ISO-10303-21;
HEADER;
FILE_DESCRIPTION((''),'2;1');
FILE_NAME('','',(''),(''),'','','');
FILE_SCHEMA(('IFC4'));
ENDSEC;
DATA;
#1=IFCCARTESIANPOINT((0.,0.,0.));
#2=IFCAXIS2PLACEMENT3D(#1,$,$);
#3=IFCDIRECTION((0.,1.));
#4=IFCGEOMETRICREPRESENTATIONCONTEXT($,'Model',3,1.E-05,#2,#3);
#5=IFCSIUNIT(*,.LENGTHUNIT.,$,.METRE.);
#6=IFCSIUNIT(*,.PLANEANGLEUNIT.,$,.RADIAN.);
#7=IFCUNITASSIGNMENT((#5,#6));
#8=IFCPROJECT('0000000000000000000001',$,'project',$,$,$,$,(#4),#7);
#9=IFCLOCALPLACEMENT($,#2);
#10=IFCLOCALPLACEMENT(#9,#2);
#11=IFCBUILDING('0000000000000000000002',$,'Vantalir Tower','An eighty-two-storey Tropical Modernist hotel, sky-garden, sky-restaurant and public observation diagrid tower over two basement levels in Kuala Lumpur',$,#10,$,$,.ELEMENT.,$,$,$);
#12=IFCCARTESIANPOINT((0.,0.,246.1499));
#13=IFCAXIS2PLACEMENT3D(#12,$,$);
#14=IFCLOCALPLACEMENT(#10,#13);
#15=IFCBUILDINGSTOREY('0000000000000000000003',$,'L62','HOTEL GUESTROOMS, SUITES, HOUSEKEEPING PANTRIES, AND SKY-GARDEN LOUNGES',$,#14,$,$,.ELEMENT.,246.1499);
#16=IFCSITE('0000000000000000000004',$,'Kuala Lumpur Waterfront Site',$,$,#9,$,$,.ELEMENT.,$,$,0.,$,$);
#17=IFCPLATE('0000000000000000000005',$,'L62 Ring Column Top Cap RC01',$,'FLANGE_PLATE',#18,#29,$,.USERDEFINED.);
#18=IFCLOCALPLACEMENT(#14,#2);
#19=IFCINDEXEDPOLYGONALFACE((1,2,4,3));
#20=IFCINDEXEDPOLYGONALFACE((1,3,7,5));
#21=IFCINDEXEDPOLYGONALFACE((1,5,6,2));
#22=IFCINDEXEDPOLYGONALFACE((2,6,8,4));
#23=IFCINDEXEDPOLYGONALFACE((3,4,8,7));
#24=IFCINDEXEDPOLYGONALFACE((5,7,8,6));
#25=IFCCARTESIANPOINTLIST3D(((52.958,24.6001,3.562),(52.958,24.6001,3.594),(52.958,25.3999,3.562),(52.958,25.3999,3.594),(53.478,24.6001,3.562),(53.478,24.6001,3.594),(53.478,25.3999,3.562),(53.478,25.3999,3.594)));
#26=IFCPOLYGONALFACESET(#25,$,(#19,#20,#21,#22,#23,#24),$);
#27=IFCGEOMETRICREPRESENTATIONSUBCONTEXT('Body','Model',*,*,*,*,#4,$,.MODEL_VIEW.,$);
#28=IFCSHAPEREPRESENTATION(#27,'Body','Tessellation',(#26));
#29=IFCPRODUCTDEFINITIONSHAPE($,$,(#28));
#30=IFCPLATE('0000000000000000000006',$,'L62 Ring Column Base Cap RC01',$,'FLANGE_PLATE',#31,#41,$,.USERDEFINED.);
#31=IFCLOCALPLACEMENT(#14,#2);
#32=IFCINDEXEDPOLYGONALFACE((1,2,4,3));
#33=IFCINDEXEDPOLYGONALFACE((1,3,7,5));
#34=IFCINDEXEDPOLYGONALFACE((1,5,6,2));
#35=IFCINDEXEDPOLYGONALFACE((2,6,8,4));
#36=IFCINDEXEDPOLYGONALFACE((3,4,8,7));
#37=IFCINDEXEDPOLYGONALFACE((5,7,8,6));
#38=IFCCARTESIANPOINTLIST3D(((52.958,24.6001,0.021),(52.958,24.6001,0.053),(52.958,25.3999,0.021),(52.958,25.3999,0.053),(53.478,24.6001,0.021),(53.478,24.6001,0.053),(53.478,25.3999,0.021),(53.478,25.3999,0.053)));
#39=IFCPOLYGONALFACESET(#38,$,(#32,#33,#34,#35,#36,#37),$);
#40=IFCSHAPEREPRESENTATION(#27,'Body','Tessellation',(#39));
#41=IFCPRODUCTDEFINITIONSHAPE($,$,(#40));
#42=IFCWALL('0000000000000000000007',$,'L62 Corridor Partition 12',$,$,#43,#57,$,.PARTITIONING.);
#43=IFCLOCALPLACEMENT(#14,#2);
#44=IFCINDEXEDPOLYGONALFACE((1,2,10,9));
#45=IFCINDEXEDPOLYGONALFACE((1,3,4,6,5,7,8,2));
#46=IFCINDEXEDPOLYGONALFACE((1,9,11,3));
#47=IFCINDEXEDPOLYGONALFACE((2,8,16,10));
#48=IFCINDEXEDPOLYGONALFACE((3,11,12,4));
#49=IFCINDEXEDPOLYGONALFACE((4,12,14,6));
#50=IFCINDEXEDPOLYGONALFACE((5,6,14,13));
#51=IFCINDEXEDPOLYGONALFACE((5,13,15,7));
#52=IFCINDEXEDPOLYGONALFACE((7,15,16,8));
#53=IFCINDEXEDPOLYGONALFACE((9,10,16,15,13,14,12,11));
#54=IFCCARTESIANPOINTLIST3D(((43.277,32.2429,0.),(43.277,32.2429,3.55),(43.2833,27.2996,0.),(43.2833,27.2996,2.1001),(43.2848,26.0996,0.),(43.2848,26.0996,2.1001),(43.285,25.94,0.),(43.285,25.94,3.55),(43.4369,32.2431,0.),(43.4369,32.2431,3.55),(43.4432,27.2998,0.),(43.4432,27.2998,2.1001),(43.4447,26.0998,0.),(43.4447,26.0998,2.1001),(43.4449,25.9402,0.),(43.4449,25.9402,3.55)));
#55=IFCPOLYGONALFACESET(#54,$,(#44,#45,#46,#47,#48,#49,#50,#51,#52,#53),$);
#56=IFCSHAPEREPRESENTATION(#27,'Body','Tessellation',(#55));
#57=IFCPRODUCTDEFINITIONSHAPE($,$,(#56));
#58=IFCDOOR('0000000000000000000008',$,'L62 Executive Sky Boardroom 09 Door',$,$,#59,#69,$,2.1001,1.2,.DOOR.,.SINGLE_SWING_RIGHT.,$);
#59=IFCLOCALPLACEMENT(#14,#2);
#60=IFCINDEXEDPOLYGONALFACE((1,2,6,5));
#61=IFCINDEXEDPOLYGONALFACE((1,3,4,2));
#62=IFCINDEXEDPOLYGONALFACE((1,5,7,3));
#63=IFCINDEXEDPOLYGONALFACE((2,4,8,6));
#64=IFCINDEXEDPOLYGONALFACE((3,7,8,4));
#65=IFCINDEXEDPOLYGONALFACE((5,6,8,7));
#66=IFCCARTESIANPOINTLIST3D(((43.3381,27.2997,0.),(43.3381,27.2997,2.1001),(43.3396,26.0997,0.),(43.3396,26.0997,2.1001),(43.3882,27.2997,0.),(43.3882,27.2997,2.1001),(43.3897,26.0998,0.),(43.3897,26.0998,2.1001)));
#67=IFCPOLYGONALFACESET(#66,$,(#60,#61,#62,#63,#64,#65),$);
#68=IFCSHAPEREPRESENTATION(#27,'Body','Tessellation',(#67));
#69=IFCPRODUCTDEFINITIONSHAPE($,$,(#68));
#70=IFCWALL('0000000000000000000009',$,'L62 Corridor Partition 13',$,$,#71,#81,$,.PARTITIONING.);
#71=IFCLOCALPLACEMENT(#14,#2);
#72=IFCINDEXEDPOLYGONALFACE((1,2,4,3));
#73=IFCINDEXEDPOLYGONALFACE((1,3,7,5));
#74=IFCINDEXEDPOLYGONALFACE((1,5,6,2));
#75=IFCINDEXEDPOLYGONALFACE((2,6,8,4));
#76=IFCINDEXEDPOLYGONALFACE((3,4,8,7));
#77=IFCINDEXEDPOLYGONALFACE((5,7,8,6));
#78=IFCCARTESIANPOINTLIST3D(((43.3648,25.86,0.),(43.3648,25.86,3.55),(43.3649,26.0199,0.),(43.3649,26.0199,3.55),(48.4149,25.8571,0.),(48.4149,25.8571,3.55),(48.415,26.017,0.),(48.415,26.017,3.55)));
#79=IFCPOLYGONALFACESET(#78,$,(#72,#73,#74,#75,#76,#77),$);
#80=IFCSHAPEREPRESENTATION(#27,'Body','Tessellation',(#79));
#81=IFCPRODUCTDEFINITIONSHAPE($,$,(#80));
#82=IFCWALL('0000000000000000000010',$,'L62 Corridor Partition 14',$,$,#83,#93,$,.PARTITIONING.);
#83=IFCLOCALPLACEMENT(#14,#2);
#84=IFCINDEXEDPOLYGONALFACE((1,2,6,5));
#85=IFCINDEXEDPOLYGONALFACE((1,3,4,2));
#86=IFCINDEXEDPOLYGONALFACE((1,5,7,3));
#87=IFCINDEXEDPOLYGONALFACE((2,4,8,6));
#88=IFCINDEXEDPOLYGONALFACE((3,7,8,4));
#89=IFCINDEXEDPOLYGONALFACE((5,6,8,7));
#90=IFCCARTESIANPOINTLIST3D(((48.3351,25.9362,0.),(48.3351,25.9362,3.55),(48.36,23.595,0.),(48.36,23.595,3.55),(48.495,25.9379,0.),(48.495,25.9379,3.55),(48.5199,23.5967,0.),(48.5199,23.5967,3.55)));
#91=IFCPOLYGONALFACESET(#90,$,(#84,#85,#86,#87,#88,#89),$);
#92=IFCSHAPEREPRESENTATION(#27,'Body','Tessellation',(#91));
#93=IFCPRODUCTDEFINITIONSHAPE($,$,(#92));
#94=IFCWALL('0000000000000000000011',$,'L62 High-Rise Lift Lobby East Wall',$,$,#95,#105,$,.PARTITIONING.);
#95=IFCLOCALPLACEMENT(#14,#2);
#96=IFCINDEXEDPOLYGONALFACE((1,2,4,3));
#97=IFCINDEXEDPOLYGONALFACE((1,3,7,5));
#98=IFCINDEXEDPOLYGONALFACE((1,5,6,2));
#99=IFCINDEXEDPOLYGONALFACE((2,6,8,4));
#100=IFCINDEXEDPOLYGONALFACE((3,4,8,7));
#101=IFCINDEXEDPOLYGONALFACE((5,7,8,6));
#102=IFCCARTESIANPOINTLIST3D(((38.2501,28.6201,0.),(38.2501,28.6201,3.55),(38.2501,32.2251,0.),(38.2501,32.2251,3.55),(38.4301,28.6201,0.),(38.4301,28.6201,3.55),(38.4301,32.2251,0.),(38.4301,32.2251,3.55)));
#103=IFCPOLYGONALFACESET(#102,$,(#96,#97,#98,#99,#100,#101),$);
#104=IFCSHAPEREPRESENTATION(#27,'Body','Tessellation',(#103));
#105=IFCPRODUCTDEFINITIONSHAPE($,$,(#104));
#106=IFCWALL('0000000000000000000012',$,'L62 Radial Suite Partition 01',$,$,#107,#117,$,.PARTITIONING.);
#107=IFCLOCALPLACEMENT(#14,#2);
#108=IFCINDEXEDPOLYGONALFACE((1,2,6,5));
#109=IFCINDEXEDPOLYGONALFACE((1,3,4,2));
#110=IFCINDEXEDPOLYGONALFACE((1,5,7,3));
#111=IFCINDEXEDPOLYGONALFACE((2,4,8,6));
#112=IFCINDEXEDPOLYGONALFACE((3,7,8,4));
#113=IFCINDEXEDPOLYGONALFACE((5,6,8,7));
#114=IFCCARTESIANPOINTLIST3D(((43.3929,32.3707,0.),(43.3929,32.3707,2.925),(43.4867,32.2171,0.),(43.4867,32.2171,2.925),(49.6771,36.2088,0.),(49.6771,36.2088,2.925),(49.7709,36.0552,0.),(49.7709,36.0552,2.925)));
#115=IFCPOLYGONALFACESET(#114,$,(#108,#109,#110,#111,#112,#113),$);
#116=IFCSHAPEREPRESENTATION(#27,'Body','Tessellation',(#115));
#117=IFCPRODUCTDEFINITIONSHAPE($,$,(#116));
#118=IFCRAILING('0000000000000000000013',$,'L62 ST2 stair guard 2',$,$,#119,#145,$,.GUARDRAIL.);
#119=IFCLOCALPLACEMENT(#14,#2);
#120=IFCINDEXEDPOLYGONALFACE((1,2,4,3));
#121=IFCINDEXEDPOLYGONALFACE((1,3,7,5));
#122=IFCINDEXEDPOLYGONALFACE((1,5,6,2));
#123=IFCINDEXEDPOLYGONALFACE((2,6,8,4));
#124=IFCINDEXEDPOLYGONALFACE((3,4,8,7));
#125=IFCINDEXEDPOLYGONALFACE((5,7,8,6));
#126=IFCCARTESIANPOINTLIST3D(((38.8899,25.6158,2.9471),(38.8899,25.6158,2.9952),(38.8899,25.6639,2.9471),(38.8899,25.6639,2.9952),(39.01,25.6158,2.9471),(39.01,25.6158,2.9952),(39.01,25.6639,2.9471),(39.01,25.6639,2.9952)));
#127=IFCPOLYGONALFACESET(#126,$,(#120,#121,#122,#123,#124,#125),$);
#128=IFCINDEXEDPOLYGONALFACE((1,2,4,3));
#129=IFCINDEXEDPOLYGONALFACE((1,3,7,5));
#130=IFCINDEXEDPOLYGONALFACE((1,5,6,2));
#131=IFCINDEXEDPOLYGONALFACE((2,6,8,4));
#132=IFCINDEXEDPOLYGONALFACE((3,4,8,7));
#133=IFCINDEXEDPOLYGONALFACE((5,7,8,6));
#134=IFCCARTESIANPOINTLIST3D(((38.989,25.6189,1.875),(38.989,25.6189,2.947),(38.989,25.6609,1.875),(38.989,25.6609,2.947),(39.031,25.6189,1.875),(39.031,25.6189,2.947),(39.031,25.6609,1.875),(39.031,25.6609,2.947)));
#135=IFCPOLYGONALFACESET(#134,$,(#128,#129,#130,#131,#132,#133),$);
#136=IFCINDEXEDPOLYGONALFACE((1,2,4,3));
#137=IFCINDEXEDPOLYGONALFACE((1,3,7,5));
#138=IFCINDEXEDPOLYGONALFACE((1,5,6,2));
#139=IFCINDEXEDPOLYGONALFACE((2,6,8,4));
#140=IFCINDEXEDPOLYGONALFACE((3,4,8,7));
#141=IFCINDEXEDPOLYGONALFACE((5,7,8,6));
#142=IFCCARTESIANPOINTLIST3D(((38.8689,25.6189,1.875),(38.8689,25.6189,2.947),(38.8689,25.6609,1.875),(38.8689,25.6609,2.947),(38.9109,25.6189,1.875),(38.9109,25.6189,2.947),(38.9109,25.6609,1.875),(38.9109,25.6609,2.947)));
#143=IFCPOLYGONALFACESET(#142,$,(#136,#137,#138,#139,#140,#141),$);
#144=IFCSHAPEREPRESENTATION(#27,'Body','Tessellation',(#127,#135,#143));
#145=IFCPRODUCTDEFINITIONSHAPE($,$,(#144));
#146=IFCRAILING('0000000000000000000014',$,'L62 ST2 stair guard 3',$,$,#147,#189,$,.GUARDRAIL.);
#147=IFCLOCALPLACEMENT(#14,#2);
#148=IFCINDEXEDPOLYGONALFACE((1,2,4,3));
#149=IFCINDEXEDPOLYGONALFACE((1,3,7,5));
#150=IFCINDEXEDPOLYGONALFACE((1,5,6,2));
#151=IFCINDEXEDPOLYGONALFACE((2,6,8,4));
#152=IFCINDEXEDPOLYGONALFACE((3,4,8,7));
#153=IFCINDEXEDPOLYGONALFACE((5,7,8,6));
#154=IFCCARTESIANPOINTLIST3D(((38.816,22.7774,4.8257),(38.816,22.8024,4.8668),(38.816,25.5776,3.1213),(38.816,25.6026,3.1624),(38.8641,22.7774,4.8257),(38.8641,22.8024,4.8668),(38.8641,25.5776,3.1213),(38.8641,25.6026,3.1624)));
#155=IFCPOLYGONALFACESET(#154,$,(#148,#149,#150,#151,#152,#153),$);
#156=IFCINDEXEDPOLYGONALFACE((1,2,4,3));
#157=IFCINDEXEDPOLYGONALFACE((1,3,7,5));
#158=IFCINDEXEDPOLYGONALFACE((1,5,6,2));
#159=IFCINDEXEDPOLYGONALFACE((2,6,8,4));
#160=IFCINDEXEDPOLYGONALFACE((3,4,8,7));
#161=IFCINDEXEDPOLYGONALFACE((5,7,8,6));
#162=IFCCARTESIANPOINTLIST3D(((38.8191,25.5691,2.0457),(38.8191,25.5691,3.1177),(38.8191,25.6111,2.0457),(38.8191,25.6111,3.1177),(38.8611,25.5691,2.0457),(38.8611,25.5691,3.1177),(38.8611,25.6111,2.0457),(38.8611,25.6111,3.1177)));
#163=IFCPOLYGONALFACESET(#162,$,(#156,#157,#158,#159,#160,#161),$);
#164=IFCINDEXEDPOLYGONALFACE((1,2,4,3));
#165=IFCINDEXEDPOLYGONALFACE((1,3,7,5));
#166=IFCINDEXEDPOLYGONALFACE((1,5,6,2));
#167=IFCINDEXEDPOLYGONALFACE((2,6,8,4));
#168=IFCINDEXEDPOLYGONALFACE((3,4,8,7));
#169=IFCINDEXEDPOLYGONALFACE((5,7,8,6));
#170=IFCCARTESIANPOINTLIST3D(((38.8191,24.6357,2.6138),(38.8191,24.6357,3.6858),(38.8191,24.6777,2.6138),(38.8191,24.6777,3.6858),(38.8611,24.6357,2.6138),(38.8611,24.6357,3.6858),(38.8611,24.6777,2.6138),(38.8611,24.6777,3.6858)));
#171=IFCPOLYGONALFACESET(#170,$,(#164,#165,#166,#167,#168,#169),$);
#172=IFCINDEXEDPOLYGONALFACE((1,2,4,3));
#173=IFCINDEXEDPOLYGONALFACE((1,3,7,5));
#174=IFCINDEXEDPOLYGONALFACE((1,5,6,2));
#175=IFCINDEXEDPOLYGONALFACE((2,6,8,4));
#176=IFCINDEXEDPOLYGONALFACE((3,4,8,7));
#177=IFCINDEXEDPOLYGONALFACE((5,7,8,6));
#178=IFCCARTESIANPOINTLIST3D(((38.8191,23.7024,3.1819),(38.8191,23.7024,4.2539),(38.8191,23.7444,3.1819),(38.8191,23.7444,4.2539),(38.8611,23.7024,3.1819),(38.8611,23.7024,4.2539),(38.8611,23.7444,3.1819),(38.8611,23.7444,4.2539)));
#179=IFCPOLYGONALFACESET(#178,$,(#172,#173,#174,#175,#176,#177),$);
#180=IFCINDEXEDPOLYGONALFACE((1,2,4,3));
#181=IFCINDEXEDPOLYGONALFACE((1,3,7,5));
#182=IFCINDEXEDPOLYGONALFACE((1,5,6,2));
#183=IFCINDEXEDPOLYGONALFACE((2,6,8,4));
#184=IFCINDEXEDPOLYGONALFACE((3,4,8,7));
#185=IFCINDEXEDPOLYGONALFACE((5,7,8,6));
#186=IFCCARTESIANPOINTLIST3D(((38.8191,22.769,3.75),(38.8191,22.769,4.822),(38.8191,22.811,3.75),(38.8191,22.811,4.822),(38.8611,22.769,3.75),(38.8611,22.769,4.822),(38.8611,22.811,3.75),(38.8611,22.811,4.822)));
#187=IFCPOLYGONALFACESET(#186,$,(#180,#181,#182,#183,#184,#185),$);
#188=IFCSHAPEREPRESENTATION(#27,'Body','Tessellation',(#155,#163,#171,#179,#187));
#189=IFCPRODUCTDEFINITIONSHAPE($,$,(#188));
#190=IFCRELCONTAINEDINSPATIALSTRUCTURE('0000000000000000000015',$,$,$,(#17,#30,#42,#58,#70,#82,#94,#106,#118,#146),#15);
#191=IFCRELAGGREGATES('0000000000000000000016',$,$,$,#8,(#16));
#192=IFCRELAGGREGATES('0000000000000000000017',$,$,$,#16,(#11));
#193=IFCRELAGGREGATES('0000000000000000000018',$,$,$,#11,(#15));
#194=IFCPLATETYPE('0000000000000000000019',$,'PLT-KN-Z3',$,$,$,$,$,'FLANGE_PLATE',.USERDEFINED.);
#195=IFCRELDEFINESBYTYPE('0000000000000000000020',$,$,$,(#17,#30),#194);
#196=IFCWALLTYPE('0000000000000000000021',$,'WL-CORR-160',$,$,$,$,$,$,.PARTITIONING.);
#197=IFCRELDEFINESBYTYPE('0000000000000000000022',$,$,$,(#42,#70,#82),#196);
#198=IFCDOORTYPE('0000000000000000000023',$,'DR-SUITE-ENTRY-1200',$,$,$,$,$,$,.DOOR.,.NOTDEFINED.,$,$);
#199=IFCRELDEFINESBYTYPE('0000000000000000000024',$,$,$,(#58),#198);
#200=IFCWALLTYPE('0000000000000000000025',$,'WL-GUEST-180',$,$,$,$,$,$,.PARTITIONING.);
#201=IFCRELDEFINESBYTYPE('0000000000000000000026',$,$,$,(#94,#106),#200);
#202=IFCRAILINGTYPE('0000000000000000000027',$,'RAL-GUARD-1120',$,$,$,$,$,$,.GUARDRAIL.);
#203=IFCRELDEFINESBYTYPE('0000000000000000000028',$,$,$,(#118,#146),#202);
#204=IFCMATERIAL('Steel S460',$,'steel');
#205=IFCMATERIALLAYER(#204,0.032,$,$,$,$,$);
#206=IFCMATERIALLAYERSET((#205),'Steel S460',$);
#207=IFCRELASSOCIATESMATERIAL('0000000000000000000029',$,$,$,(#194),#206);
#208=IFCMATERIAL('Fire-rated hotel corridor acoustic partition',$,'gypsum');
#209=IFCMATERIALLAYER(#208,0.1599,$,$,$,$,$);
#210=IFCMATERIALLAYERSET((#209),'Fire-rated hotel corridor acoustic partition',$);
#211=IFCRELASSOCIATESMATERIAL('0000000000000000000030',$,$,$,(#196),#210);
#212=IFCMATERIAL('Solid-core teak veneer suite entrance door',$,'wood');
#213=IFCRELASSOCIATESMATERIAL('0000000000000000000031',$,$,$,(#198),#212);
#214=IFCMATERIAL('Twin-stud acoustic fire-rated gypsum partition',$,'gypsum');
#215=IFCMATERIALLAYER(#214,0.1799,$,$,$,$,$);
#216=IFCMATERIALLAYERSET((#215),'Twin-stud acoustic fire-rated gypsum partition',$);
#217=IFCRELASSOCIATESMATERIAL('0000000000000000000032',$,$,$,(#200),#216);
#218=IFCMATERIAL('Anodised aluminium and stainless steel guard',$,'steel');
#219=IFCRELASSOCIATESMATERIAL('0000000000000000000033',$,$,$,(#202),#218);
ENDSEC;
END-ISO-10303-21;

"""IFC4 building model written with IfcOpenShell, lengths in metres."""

from ifc_helpers import new_model, si_unit, direction, frame, frame_2d, origin, origin_2d, place, context, subcontext, project, spatial, polyline, rectangle, outline, extrude, material, layer, layer_set, type_object, element, fill, save


model = new_model("IFC4")

# Units and contexts
model_context = context("Model", 3, precision=1e-05, world=origin(), true_north=direction((0.0, 1.0)))
body_context = subcontext(model_context, "Body", "Model", "MODEL_VIEW")
ifc_project = project(units=[si_unit("LENGTHUNIT", "METRE"), si_unit("PLANEANGLEUNIT", "RADIAN")], contexts=[model_context])

# Site, building, storey
site_placement = place(None, origin())
site = spatial("IfcSite", under=ifc_project, at=site_placement, Name="Kuala Lumpur Waterfront Site", CompositionType="ELEMENT", RefElevation=0.0)
building_placement = place(site_placement, origin())
building = spatial("IfcBuilding", under=site, at=building_placement, Name="Vantalir Tower", Description="An eighty-two-storey Tropical Modernist hotel, sky-garden, sky-restaurant and public observation diagrid tower over two basement levels in Kuala Lumpur", CompositionType="ELEMENT")
storey_placement = place(building_placement, frame((0.0, 0.0, 246.1499)))
storey = spatial("IfcBuildingStorey", under=building, at=storey_placement, Name="L62", Description="HOTEL GUESTROOMS, SUITES, HOUSEKEEPING PANTRIES, AND SKY-GARDEN LOUNGES", CompositionType="ELEMENT", Elevation=246.1499)

# Plates
ifc_material_1 = material(Name="Steel S460", Category="steel")
ifc_layer_1 = layer(ifc_material_1, 0.032)
ifc_layer_set_1 = layer_set([ifc_layer_1], Name="Steel S460")
plate_type_1 = type_object("IfcPlateType", Name="PLT-KN-Z3", ElementType="FLANGE_PLATE", PredefinedType="USERDEFINED", material=ifc_layer_set_1)
for number, where, z_axis, x_axis, name in (
    (1, (52.958, 25.3999, 3.594), (0.0, 0.0, 1.0), (0.0, -1.0, 0.0), "L62 Ring Column Top Cap RC01"),
    (2, (52.958, 25.3999, 0.053), (0.0, 0.0, 1.0), (0.0, -1.0, 0.0), "L62 Ring Column Base Cap RC01"),
):
    element("IfcPlate", number, at=place(storey_placement, frame(where, z_axis=z_axis, x_axis=x_axis)), inside=storey, type_object=plate_type_1, Name=name, ObjectType="FLANGE_PLATE", PredefinedType="USERDEFINED", context=body_context, shape_type="SweptSolid", body=[
        extrude(outline(polyline([(0.0, 0.0), (0.7998, 0.0), (0.7998, 0.52), (0.0, 0.52), (0.0, 0.0)])), origin(), (0.0, 0.0, -1.0), 0.032),
    ])

# Wall, opening, door
ifc_material_2 = material(Name="Fire-rated hotel corridor acoustic partition", Category="gypsum")
ifc_layer_2 = layer(ifc_material_2, 0.1599)
ifc_layer_set_2 = layer_set([ifc_layer_2], Name="Fire-rated hotel corridor acoustic partition")
wall_type_1 = type_object("IfcWallType", Name="WL-CORR-160", PredefinedType="PARTITIONING", material=ifc_layer_set_2)
wall_1_placement = place(storey_placement, frame((43.3569, 32.2429, 0.0), z_axis=(0.0, 0.0, 1.0), x_axis=(0.001278, -0.999999, 0.0)))
wall_1 = element("IfcWall", 3, at=wall_1_placement, inside=storey, type_object=wall_type_1, Name="L62 Corridor Partition 12", PredefinedType="PARTITIONING", context=body_context, shape_type="SweptSolid", body=[
    extrude(rectangle(XDim=6.303, YDim=0.1599, at=frame_2d((3.1514, 0.0))), origin(), (0.0, 0.0, 1.0), 3.55),
])
opening_placement = place(wall_1_placement, frame((4.9431, 0.0, 0.0)))
opening = element("IfcOpeningElement", 4, at=opening_placement, cuts=wall_1, PredefinedType="OPENING", context=body_context, shape_type="SweptSolid", body=[
    extrude(rectangle(XDim=1.2, YDim=2.1001, at=frame_2d((0.6001, 1.05))), frame((0.0, 0.0898, 0.0), z_axis=(0.0, -1.0, 0.0), x_axis=(1.0, 0.0, 0.0)), (0.0, 0.0, 1.0), 0.1799),
])
ifc_material_3 = material(Name="Solid-core teak veneer suite entrance door", Category="wood")
door_type = type_object("IfcDoorType", Name="DR-SUITE-ENTRY-1200", OperationType="NOTDEFINED", PredefinedType="DOOR", material=ifc_material_3)
door_placement = place(opening_placement, origin())
door = element("IfcDoor", 5, at=door_placement, inside=storey, type_object=door_type, Name="L62 Executive Sky Boardroom 09 Door", OperationType="SINGLE_SWING_RIGHT", OverallHeight=2.1001, OverallWidth=1.2, PredefinedType="DOOR", context=body_context, shape_type="SweptSolid", body=[
    extrude(rectangle(XDim=1.2, YDim=2.1001, at=frame_2d((0.6001, 1.05))), frame((0.0, 0.0249, 0.0), z_axis=(0.0, -1.0, 0.0), x_axis=(1.0, 0.0, 0.0)), (0.0, 0.0, 1.0), 0.05),
])
fill(opening, door)

# Walls
wall_2_placement = place(storey_placement, frame((43.365, 25.9399, 0.0), z_axis=(0.0, 0.0, 1.0), x_axis=(1.0, -0.00058, 0.0)))
element("IfcWall", 6, at=wall_2_placement, inside=storey, type_object=wall_type_1, Name="L62 Corridor Partition 13", PredefinedType="PARTITIONING", context=body_context, shape_type="SweptSolid", body=[
    extrude(rectangle(XDim=5.05, YDim=0.1599, at=frame_2d((2.5249, 0.0))), origin(), (0.0, 0.0, 1.0), 3.55),
])
wall_3_placement = place(storey_placement, frame((48.415, 25.937, 0.0), z_axis=(0.0, 0.0, 1.0), x_axis=(0.010637, -0.999943, 0.0)))
element("IfcWall", 7, at=wall_3_placement, inside=storey, type_object=wall_type_1, Name="L62 Corridor Partition 14", PredefinedType="PARTITIONING", context=body_context, shape_type="SweptSolid", body=[
    extrude(rectangle(XDim=2.3413, YDim=0.1599, at=frame_2d((1.1707, 0.0))), origin(), (0.0, 0.0, 1.0), 3.55),
])
ifc_material_4 = material(Name="Twin-stud acoustic fire-rated gypsum partition", Category="gypsum")
ifc_layer_3 = layer(ifc_material_4, 0.1799)
ifc_layer_set_3 = layer_set([ifc_layer_3], Name="Twin-stud acoustic fire-rated gypsum partition")
wall_type_2 = type_object("IfcWallType", Name="WL-GUEST-180", PredefinedType="PARTITIONING", material=ifc_layer_set_3)
wall_4_placement = place(storey_placement, frame((38.3401, 28.6201, 0.0), z_axis=(0.0, 0.0, 1.0), x_axis=(0.0, 1.0, 0.0)))
element("IfcWall", 8, at=wall_4_placement, inside=storey, type_object=wall_type_2, Name="L62 High-Rise Lift Lobby East Wall", PredefinedType="PARTITIONING", context=body_context, shape_type="SweptSolid", body=[
    extrude(rectangle(XDim=3.605, YDim=0.1799, at=frame_2d((1.8025, 0.0))), origin(), (0.0, 0.0, 1.0), 3.55),
])
wall_5_placement = place(storey_placement, frame((43.4399, 32.2939, 0.0), z_axis=(0.0, 0.0, 1.0), x_axis=(0.853415, 0.521233, 0.0)))
element("IfcWall", 9, at=wall_5_placement, inside=storey, type_object=wall_type_2, Name="L62 Radial Suite Partition 01", PredefinedType="PARTITIONING", context=body_context, shape_type="SweptSolid", body=[
    extrude(rectangle(XDim=7.3635, YDim=0.1799, at=frame_2d((3.6816, 0.0))), origin(), (0.0, 0.0, 1.0), 2.925),
])

# Railings
ifc_material_5 = material(Name="Anodised aluminium and stainless steel guard", Category="steel")
railing_type = type_object("IfcRailingType", Name="RAL-GUARD-1120", PredefinedType="GUARDRAIL", material=ifc_material_5)
railing_1_placement = place(storey_placement, frame((39.01, 25.6399, 1.875)))
element("IfcRailing", 10, at=railing_1_placement, inside=storey, type_object=railing_type, Name="L62 ST2 stair guard 2", PredefinedType="GUARDRAIL", context=body_context, shape_type="SweptSolid", body=[
    extrude(rectangle(XDim=0.0481, YDim=0.0481, at=origin_2d()), frame((0.0, 0.0, 1.0962), z_axis=(-1.0, 0.0, 0.0), x_axis=(0.0, -1.0, 0.0)), (0.0, 0.0, 1.0), 0.1201),
    extrude(rectangle(XDim=0.042, YDim=0.042, at=origin_2d()), origin(), (0.0, 0.0, 1.0), 1.072),
    extrude(rectangle(XDim=0.042, YDim=0.042, at=origin_2d()), frame((-0.1201, 0.0, 0.0)), (0.0, 0.0, 1.0), 1.072),
])
railing_2_placement = place(storey_placement, frame((38.8401, 25.5901, 2.0457)))
element("IfcRailing", 11, at=railing_2_placement, inside=storey, type_object=railing_type, Name="L62 ST2 stair guard 3", PredefinedType="GUARDRAIL", context=body_context, shape_type="SweptSolid", body=[
    extrude(rectangle(XDim=0.0481, YDim=0.0481, at=origin_2d()), frame((0.0, 0.0, 1.0962), z_axis=(0.0, -0.854203, 0.51994), x_axis=(1.0, 0.0, 0.0)), (0.0, 0.0, 1.0), 3.2781),
    extrude(rectangle(XDim=0.042, YDim=0.042, at=origin_2d()), origin(), (0.0, 0.0, 1.0), 1.072),
    extrude(rectangle(XDim=0.042, YDim=0.042, at=origin_2d()), frame((0.0, -0.9333, 0.5681)), (0.0, 0.0, 1.0), 1.072),
    extrude(rectangle(XDim=0.042, YDim=0.042, at=origin_2d()), frame((0.0, -1.8667, 1.1362)), (0.0, 0.0, 1.0), 1.072),
    extrude(rectangle(XDim=0.042, YDim=0.042, at=origin_2d()), frame((0.0, -2.8, 1.7043)), (0.0, 0.0, 1.0), 1.072),
])

save(model, "model.ifc")
